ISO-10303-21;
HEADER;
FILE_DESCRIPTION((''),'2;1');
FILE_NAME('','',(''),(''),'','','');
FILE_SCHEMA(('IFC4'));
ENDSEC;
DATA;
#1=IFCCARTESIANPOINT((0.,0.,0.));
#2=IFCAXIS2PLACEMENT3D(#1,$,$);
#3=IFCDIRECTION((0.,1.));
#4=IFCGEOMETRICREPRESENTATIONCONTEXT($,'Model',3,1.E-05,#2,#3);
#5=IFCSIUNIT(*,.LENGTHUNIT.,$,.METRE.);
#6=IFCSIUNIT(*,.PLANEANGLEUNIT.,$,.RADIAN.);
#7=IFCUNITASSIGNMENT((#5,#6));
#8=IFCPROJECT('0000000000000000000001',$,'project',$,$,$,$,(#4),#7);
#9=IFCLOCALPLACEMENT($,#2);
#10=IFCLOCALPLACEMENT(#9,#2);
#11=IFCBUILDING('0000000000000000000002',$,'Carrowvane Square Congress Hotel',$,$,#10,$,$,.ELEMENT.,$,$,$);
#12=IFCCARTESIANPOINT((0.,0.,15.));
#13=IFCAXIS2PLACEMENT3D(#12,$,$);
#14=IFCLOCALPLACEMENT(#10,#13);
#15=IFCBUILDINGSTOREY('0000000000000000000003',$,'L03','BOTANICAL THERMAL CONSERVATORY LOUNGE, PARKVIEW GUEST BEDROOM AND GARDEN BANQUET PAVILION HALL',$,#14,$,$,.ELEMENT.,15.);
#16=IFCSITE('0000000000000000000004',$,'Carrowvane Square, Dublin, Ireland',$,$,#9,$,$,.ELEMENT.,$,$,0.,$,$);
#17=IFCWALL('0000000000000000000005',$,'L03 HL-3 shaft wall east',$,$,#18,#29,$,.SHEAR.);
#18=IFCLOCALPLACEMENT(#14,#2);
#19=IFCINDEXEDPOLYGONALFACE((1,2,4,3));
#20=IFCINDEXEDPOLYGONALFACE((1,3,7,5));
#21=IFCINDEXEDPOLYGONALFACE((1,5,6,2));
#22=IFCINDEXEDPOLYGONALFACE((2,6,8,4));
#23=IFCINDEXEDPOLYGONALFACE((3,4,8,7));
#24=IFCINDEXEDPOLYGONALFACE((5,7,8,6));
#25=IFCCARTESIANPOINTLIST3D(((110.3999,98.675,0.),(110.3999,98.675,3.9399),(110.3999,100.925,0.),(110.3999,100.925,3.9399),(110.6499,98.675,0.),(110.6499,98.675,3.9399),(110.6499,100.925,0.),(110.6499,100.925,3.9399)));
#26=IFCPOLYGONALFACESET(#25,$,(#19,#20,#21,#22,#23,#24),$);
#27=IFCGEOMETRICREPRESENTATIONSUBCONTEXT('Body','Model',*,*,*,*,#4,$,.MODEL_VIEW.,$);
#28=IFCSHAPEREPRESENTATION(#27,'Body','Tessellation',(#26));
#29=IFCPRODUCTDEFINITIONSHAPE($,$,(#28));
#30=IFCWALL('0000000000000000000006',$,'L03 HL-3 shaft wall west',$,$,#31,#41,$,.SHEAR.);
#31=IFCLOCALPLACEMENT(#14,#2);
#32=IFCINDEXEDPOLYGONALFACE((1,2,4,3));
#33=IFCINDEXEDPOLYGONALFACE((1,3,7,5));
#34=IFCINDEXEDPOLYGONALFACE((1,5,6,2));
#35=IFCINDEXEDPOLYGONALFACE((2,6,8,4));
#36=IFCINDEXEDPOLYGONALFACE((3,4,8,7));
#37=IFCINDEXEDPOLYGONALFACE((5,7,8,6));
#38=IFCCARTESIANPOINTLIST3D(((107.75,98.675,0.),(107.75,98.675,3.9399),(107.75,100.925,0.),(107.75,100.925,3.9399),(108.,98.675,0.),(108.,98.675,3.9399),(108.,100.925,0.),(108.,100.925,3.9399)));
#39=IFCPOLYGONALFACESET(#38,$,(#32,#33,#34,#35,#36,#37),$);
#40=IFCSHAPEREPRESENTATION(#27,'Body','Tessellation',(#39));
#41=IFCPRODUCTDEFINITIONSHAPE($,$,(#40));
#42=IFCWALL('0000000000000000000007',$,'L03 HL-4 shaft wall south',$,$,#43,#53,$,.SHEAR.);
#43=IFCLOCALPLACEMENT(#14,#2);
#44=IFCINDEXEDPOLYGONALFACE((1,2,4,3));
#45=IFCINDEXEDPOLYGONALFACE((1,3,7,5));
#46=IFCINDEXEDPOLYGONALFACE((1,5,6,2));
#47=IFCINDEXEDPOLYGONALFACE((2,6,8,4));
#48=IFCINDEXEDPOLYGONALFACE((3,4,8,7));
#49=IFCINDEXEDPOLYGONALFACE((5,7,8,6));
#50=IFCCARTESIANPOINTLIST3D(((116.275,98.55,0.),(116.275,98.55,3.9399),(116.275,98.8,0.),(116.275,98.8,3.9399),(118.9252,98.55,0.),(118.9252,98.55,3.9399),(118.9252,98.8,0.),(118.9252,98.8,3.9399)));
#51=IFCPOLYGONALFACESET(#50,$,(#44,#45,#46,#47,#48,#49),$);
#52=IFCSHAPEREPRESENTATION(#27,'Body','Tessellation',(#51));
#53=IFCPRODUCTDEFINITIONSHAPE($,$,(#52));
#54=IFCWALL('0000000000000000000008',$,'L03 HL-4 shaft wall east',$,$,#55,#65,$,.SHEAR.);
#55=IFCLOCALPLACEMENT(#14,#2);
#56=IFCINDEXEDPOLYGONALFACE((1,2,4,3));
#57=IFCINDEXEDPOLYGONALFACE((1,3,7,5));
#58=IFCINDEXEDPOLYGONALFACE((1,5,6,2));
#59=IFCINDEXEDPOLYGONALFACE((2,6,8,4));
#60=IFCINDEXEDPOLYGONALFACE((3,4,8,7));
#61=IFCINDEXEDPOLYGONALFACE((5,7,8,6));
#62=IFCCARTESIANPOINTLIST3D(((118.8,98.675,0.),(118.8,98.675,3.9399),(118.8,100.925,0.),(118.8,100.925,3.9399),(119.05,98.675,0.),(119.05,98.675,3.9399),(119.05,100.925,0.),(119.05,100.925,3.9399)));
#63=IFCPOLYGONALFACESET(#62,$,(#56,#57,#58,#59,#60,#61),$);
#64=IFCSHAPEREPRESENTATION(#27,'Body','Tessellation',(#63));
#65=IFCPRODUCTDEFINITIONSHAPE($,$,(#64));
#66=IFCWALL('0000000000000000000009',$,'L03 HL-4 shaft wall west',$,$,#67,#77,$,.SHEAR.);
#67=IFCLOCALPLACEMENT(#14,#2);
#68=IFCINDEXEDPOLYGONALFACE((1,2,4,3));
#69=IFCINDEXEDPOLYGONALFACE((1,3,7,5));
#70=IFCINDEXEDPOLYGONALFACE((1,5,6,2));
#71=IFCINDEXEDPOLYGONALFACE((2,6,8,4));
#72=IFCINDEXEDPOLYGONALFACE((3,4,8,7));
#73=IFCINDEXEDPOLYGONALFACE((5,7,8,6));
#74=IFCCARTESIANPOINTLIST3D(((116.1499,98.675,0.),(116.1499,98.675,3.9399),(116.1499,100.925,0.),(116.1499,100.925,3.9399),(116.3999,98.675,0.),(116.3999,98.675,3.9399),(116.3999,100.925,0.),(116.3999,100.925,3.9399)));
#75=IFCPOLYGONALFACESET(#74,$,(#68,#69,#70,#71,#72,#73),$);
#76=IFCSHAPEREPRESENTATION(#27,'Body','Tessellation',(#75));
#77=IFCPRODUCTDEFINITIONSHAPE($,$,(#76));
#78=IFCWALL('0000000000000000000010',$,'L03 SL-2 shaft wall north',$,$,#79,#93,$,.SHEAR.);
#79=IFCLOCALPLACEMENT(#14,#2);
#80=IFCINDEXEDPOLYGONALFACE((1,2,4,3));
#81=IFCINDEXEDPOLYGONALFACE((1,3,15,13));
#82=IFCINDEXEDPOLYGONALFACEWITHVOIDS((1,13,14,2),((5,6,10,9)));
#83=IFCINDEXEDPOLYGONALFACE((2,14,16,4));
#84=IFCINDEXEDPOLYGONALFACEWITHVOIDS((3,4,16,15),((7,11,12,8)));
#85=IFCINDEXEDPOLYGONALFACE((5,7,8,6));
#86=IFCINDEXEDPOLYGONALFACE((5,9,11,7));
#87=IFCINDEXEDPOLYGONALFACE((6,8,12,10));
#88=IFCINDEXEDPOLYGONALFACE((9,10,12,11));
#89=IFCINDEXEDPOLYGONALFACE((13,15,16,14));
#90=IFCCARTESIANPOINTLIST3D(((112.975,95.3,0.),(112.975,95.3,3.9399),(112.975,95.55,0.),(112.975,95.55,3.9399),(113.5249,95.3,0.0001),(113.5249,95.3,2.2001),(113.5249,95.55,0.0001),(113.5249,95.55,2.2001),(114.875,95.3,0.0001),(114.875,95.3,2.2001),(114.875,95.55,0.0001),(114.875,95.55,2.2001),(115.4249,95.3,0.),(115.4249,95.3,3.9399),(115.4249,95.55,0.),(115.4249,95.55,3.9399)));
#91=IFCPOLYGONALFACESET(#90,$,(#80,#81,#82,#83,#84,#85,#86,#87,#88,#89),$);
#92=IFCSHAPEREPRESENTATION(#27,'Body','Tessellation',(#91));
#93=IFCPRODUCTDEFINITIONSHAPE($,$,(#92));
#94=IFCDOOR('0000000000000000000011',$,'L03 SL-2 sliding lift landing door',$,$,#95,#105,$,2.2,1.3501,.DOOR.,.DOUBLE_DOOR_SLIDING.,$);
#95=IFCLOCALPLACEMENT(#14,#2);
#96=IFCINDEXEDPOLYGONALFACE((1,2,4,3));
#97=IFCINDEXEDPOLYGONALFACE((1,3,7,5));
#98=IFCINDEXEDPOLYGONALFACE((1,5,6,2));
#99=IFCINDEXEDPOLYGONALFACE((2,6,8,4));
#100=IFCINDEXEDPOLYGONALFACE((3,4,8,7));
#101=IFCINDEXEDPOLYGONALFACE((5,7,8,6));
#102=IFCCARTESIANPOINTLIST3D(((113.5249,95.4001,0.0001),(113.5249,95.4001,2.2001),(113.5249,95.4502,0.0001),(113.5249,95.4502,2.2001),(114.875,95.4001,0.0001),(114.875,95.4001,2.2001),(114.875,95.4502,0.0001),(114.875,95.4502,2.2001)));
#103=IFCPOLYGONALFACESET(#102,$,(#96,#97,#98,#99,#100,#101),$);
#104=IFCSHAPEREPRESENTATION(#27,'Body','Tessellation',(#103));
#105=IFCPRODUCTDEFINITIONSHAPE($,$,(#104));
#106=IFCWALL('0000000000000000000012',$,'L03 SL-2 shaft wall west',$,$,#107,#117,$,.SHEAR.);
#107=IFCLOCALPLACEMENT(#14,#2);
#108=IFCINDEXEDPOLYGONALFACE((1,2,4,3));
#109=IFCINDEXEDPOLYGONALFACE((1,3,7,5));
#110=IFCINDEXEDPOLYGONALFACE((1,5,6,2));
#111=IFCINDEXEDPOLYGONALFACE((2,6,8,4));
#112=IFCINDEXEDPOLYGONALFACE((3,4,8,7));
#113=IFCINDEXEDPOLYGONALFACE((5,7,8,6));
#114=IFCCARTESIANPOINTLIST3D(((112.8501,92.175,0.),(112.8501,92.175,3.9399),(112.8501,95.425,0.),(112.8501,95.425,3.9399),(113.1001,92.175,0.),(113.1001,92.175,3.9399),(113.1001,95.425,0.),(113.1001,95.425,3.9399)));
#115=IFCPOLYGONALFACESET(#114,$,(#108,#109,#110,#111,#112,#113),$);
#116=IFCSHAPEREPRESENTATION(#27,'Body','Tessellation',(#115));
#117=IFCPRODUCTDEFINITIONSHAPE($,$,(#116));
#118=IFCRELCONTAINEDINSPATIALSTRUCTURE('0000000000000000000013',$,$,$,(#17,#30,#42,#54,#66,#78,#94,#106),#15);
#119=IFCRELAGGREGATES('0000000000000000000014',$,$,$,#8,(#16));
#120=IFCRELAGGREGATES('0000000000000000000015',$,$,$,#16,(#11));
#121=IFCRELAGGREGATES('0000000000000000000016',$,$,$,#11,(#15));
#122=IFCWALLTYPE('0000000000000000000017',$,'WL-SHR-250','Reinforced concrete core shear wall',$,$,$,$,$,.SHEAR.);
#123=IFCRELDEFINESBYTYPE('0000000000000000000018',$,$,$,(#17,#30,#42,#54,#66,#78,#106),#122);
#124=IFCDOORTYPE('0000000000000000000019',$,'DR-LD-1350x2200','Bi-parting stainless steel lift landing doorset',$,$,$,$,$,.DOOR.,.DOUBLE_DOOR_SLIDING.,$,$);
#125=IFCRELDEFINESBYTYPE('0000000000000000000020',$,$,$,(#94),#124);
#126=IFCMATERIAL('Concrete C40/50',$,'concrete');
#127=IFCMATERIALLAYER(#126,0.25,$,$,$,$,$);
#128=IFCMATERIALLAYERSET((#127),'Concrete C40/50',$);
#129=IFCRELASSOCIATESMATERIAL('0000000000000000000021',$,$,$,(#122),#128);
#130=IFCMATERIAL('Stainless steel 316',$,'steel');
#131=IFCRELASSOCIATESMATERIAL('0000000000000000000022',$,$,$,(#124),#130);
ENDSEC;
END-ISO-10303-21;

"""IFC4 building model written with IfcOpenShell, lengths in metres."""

from ifc_helpers import new_model, si_unit, direction, frame, frame_2d, origin, place, context, subcontext, project, spatial, rectangle, extrude, material, layer, layer_set, type_object, element, fill, save


model = new_model("IFC4")

# Units and contexts
model_context = context("Model", 3, precision=1e-05, world=origin(), true_north=direction((0.0, 1.0)))
body_context = subcontext(model_context, "Body", "Model", "MODEL_VIEW")
ifc_project = project(units=[si_unit("LENGTHUNIT", "METRE"), si_unit("PLANEANGLEUNIT", "RADIAN")], contexts=[model_context])

# Site, building, storey
site_placement = place(None, origin())
site = spatial("IfcSite", under=ifc_project, at=site_placement, Name="Carrowvane Square, Dublin, Ireland", CompositionType="ELEMENT", RefElevation=0.0)
building_placement = place(site_placement, origin())
building = spatial("IfcBuilding", under=site, at=building_placement, Name="Carrowvane Square Congress Hotel", CompositionType="ELEMENT")
storey_placement = place(building_placement, frame((0.0, 0.0, 15.0)))
storey = spatial("IfcBuildingStorey", under=building, at=storey_placement, Name="L03", Description="BOTANICAL THERMAL CONSERVATORY LOUNGE, PARKVIEW GUEST BEDROOM AND GARDEN BANQUET PAVILION HALL", CompositionType="ELEMENT", Elevation=15.0)

# Shared definitions
ifc_material_1 = material(Name="Concrete C40/50", Category="concrete")
ifc_layer_1 = layer(ifc_material_1, 0.25)
ifc_layer_set_1 = layer_set([ifc_layer_1], Name="Concrete C40/50")
wall_type_1 = type_object("IfcWallType", Name="WL-SHR-250", Description="Reinforced concrete core shear wall", PredefinedType="SHEAR", material=ifc_layer_set_1)

# Wall
wall_1_placement = place(storey_placement, frame((110.5249, 98.675, 0.0), z_axis=(0.0, 0.0, 1.0), x_axis=(0.0, 1.0, 0.0)))
element("IfcWall", 1, at=wall_1_placement, inside=storey, type_object=wall_type_1, Name="L03 HL-3 shaft wall east", PredefinedType="SHEAR", context=body_context, shape_type="SweptSolid", body=[
    extrude(rectangle(XDim=2.25, YDim=0.25, at=frame_2d((1.125, 0.0))), origin(), (0.0, 0.0, 1.0), 3.9399),
])

# Walls
wall_2_placement = place(storey_placement, frame((107.875, 100.925, 0.0), z_axis=(0.0, 0.0, 1.0), x_axis=(0.0, -1.0, 0.0)))
element("IfcWall", 2, at=wall_2_placement, inside=storey, type_object=wall_type_1, Name="L03 HL-3 shaft wall west", PredefinedType="SHEAR", context=body_context, shape_type="SweptSolid", body=[
    extrude(rectangle(XDim=2.25, YDim=0.25, at=frame_2d((1.125, 0.0))), origin(), (0.0, 0.0, 1.0), 3.9399),
])
wall_3_placement = place(storey_placement, frame((116.2749, 98.675, 0.0), z_axis=(0.0, 0.0, 1.0), x_axis=(1.0, 0.0, 0.0)))
element("IfcWall", 3, at=wall_3_placement, inside=storey, type_object=wall_type_1, Name="L03 HL-4 shaft wall south", PredefinedType="SHEAR", context=body_context, shape_type="SweptSolid", body=[
    extrude(rectangle(XDim=2.6501, YDim=0.25, at=frame_2d((1.3252, 0.0))), origin(), (0.0, 0.0, 1.0), 3.9399),
])
wall_4_placement = place(storey_placement, frame((118.925, 98.675, 0.0), z_axis=(0.0, 0.0, 1.0), x_axis=(0.0, 1.0, 0.0)))
element("IfcWall", 4, at=wall_4_placement, inside=storey, type_object=wall_type_1, Name="L03 HL-4 shaft wall east", PredefinedType="SHEAR", context=body_context, shape_type="SweptSolid", body=[
    extrude(rectangle(XDim=2.25, YDim=0.25, at=frame_2d((1.125, 0.0))), origin(), (0.0, 0.0, 1.0), 3.9399),
])

# Wall
wall_5_placement = place(storey_placement, frame((116.2749, 100.925, 0.0), z_axis=(0.0, 0.0, 1.0), x_axis=(0.0, -1.0, 0.0)))
element("IfcWall", 5, at=wall_5_placement, inside=storey, type_object=wall_type_1, Name="L03 HL-4 shaft wall west", PredefinedType="SHEAR", context=body_context, shape_type="SweptSolid", body=[
    extrude(rectangle(XDim=2.25, YDim=0.25, at=frame_2d((1.125, 0.0))), origin(), (0.0, 0.0, 1.0), 3.9399),
])

# Wall, opening, door
wall_6_placement = place(storey_placement, frame((115.425, 95.425, 0.0), z_axis=(0.0, 0.0, 1.0), x_axis=(-1.0, 0.0, 0.0)))
wall_6 = element("IfcWall", 6, at=wall_6_placement, inside=storey, type_object=wall_type_1, Name="L03 SL-2 shaft wall north", PredefinedType="SHEAR", context=body_context, shape_type="SweptSolid", body=[
    extrude(rectangle(XDim=2.45, YDim=0.25, at=frame_2d((1.2251, 0.0))), origin(), (0.0, 0.0, 1.0), 3.9399),
])
opening_1_placement = place(wall_6_placement, frame((0.55, 0.0, 0.0)))
opening_1 = element("IfcOpeningElement", 7, at=opening_1_placement, cuts=wall_6, PredefinedType="OPENING", context=body_context, shape_type="SweptSolid", body=[
    extrude(rectangle(XDim=1.3501, YDim=2.2, at=frame_2d((0.675, 1.1001))), frame((0.0, 0.135, 0.0), z_axis=(0.0, -1.0, 0.0), x_axis=(1.0, 0.0, 0.0)), (0.0, 0.0, 1.0), 0.27),
])
ifc_material_2 = material(Name="Stainless steel 316", Category="steel")
door_type_1 = type_object("IfcDoorType", Name="DR-LD-1350x2200", Description="Bi-parting stainless steel lift landing doorset", OperationType="DOUBLE_DOOR_SLIDING", PredefinedType="DOOR", material=ifc_material_2)
door_1_placement = place(opening_1_placement, origin())
door_1 = element("IfcDoor", 8, at=door_1_placement, inside=storey, type_object=door_type_1, Name="L03 SL-2 sliding lift landing door", OperationType="DOUBLE_DOOR_SLIDING", OverallHeight=2.2, OverallWidth=1.3501, PredefinedType="DOOR", context=body_context, shape_type="SweptSolid", body=[
    extrude(rectangle(XDim=1.3501, YDim=2.2, at=frame_2d((0.675, 1.1001))), frame((0.0, 0.0249, 0.0), z_axis=(0.0, -1.0, 0.0), x_axis=(1.0, 0.0, 0.0)), (0.0, 0.0, 1.0), 0.05),
])
fill(opening_1, door_1)

# Wall
wall_7_placement = place(storey_placement, frame((112.9751, 95.425, 0.0), z_axis=(0.0, 0.0, 1.0), x_axis=(0.0, -1.0, 0.0)))
element("IfcWall", 9, at=wall_7_placement, inside=storey, type_object=wall_type_1, Name="L03 SL-2 shaft wall west", PredefinedType="SHEAR", context=body_context, shape_type="SweptSolid", body=[
    extrude(rectangle(XDim=3.25, YDim=0.25, at=frame_2d((1.625, 0.0))), origin(), (0.0, 0.0, 1.0), 3.9399),
])

save(model, "model.ifc")
